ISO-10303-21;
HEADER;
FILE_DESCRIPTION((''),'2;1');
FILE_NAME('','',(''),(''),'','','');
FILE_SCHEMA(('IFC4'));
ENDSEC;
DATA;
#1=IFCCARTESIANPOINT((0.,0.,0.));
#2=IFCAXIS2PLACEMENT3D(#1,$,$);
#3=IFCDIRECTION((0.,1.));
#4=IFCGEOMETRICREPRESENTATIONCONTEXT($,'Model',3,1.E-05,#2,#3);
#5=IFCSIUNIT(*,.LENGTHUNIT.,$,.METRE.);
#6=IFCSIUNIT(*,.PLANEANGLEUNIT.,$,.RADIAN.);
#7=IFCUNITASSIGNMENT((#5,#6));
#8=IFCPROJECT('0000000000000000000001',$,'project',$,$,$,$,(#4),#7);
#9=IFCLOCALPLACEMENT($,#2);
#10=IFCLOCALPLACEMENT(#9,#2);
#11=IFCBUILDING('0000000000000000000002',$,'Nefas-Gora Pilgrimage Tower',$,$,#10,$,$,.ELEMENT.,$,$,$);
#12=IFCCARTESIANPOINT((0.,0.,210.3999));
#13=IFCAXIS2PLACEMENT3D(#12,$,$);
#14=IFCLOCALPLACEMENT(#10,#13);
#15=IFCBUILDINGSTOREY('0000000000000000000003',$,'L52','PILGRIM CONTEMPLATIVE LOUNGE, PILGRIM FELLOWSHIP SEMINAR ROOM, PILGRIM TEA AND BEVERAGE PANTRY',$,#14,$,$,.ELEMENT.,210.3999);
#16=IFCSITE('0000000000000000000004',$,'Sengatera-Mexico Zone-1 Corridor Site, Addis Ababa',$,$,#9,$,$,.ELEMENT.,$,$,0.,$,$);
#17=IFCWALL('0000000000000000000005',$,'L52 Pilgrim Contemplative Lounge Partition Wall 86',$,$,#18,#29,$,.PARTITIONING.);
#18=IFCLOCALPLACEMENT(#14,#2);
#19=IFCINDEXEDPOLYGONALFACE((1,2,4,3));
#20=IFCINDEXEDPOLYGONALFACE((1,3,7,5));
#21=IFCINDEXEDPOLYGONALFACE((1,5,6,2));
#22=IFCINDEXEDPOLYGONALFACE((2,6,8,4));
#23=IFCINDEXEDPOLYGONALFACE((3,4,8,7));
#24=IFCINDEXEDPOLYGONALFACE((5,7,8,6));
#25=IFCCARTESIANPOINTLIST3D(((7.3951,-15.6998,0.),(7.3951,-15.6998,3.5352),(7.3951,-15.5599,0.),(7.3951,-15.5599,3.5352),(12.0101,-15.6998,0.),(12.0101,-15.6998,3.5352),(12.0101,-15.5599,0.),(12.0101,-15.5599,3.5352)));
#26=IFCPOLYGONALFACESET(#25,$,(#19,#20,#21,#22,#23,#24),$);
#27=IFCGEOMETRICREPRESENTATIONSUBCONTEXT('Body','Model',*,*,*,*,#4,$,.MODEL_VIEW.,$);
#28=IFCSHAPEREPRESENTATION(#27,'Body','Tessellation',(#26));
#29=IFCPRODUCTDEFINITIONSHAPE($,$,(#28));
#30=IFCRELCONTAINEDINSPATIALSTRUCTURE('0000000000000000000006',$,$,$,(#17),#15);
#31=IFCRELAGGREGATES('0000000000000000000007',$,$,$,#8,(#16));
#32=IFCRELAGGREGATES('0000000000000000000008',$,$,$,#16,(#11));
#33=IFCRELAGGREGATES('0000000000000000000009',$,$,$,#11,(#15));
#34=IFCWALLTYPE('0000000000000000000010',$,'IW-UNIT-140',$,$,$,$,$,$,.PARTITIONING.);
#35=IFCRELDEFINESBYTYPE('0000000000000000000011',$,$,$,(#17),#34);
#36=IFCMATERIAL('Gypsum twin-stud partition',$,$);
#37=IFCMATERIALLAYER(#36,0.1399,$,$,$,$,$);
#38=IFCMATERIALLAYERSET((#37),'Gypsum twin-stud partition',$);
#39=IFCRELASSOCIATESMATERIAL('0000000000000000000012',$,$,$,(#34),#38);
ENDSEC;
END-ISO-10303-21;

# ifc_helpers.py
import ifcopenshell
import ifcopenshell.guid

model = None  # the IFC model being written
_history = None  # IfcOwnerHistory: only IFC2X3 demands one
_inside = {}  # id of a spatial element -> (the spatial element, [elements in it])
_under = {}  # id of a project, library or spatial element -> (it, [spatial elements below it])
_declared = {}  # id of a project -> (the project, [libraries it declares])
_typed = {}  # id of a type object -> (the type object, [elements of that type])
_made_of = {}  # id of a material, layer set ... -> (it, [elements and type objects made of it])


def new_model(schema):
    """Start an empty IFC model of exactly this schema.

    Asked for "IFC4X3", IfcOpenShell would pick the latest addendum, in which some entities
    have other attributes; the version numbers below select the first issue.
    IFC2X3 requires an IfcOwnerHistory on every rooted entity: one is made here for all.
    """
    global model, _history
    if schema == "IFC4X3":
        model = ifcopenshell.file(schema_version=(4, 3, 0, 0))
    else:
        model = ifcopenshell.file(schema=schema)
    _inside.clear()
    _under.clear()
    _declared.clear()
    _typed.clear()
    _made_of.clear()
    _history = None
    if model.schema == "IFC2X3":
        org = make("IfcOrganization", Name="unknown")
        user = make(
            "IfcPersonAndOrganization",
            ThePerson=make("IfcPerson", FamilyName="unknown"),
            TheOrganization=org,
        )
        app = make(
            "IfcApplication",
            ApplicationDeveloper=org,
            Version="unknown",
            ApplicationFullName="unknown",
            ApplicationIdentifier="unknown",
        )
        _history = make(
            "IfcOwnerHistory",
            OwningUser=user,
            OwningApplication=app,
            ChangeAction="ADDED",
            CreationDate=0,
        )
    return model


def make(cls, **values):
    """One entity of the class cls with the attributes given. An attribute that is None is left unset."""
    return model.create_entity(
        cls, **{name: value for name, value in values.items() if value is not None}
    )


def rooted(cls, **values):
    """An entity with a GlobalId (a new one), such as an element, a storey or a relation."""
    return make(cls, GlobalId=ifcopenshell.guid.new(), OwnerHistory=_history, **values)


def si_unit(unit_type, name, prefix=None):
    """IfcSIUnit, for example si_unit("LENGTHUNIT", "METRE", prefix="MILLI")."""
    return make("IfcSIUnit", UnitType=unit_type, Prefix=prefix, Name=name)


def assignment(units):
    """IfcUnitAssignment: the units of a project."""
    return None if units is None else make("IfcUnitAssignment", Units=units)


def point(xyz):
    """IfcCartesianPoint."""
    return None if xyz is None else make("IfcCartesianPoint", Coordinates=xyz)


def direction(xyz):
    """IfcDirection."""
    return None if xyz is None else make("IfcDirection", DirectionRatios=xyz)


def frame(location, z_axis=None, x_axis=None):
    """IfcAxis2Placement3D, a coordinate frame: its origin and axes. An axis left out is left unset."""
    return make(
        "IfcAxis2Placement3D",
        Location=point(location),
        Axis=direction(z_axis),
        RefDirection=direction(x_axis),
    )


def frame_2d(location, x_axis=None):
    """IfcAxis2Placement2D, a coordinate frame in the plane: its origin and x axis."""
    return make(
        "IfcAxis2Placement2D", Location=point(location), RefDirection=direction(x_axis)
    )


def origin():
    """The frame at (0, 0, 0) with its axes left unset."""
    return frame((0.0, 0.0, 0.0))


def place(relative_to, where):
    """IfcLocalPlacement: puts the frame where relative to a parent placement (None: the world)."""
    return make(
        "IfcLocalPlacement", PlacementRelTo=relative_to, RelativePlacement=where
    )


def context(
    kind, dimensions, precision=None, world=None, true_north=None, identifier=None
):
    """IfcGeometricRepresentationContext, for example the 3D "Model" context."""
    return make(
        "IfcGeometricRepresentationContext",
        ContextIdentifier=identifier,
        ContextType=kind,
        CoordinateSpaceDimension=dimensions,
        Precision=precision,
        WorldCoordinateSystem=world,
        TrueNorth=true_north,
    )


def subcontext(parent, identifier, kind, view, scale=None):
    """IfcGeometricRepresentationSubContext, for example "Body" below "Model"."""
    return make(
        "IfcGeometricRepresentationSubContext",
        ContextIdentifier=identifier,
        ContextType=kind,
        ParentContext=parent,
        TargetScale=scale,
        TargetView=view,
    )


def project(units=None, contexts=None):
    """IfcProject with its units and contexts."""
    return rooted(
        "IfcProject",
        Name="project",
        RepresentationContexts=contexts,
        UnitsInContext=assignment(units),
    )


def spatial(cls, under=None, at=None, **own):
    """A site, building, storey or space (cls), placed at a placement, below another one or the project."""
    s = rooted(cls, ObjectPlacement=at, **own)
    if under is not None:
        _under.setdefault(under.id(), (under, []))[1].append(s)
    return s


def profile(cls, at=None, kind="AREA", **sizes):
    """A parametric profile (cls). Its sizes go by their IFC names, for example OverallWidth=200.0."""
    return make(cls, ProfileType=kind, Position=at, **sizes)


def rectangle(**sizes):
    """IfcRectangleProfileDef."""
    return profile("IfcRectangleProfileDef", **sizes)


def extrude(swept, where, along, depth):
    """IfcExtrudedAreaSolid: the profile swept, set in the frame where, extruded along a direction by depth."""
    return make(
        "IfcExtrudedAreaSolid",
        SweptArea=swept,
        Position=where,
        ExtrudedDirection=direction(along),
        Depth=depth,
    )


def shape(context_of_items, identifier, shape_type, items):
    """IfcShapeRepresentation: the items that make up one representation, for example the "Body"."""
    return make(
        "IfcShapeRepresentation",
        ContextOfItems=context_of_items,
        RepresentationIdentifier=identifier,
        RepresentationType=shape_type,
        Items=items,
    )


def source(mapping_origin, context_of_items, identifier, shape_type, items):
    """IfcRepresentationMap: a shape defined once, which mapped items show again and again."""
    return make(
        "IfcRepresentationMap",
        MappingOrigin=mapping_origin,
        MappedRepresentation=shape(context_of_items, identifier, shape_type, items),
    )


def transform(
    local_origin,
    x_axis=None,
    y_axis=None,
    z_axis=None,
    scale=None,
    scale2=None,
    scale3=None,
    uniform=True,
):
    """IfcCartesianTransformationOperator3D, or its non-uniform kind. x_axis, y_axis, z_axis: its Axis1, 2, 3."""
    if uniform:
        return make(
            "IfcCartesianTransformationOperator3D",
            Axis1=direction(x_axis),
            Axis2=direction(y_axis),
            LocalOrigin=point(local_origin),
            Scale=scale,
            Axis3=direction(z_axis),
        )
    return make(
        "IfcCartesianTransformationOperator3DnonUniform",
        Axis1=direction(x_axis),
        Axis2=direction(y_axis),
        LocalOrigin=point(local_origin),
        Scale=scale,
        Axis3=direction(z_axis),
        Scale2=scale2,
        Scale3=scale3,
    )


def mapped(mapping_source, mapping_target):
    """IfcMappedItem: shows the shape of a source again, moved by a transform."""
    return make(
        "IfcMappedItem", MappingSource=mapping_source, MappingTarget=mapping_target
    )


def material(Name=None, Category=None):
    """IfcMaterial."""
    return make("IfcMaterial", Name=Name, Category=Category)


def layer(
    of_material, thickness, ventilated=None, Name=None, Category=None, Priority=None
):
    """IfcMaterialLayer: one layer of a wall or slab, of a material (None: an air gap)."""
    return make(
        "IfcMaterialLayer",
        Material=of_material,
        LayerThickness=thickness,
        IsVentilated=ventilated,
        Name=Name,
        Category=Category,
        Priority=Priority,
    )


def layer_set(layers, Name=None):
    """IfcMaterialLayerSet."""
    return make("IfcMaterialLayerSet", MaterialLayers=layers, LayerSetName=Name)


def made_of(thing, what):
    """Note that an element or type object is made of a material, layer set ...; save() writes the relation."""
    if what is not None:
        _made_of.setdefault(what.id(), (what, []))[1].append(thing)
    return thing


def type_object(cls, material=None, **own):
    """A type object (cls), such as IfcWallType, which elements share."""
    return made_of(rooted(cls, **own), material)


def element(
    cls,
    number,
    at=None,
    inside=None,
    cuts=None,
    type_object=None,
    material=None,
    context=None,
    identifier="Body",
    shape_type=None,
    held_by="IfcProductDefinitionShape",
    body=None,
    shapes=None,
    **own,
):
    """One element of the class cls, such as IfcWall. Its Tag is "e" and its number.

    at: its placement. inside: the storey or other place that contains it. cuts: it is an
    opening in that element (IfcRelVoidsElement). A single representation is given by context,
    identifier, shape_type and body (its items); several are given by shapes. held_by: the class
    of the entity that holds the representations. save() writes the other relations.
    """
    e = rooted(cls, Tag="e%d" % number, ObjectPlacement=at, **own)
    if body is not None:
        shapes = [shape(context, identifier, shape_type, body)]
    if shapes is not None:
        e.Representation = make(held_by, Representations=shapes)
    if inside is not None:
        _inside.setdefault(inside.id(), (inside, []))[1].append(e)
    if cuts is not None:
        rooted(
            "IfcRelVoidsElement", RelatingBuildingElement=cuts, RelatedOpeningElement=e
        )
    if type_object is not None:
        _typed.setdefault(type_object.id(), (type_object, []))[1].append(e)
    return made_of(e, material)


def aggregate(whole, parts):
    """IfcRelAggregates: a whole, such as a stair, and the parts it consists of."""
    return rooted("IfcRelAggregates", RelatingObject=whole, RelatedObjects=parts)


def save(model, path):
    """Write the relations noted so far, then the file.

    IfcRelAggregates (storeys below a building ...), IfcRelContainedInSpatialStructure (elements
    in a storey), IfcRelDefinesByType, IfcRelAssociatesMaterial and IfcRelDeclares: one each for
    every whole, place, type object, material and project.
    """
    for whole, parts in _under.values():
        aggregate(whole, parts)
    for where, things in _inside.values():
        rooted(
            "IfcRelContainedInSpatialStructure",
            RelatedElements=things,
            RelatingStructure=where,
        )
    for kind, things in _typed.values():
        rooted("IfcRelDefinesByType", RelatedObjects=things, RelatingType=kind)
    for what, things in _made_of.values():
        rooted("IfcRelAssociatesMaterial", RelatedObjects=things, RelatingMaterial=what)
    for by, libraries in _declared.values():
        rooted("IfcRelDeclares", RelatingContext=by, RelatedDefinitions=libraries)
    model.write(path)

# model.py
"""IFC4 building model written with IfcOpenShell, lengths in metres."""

from ifc_helpers import new_model, si_unit, direction, frame, frame_2d, origin, place, context, subcontext, project, spatial, rectangle, extrude, source, transform, mapped, material, layer, layer_set, type_object, element, save


model = new_model("IFC4")

# Units and contexts
model_context = context("Model", 3, precision=1e-05, world=origin(), true_north=direction((0.0, 1.0)))
body_context = subcontext(model_context, "Body", "Model", "MODEL_VIEW")
ifc_project = project(units=[si_unit("LENGTHUNIT", "METRE"), si_unit("PLANEANGLEUNIT", "RADIAN")], contexts=[model_context])

# Site, building, storey
site_placement = place(None, origin())
site = spatial("IfcSite", under=ifc_project, at=site_placement, Name="Sengatera-Mexico Zone-1 Corridor Site, Addis Ababa", CompositionType="ELEMENT", RefElevation=0.0)
building_placement = place(site_placement, origin())
building = spatial("IfcBuilding", under=site, at=building_placement, Name="Nefas-Gora Pilgrimage Tower", CompositionType="ELEMENT")
storey_placement = place(building_placement, frame((0.0, 0.0, 210.3999)))
storey = spatial("IfcBuildingStorey", under=building, at=storey_placement, Name="L52", Description="PILGRIM CONTEMPLATIVE LOUNGE, PILGRIM FELLOWSHIP SEMINAR ROOM, PILGRIM TEA AND BEVERAGE PANTRY", CompositionType="ELEMENT", Elevation=210.3999)

# Shared definitions
ifc_material_1 = material(Name="Gypsum twin-stud partition")
ifc_layer_1 = layer(ifc_material_1, 0.1399)
ifc_layer_set_1 = layer_set([ifc_layer_1], Name="Gypsum twin-stud partition")
wall_type_1 = type_object("IfcWallType", Name="IW-UNIT-140", PredefinedType="PARTITIONING", material=ifc_layer_set_1)

# Wall
shared_shape_1 = source(origin(), body_context, "Body", "SweptSolid", [
    extrude(rectangle(XDim=4.615, YDim=0.1399, at=frame_2d((2.3076, 0.0))), origin(), (0.0, 0.0, 1.0), 3.5352),
])
wall_1_placement = place(storey_placement, frame((7.395, -15.6299, 0.0), z_axis=(0.0, 0.0, 1.0), x_axis=(1.0, 0.0, 0.0)))
element("IfcWall", 1, at=wall_1_placement, inside=storey, type_object=wall_type_1, Name="L52 Pilgrim Contemplative Lounge Partition Wall 86", PredefinedType="PARTITIONING", context=body_context, shape_type="MappedRepresentation", body=[
    mapped(shared_shape_1, transform((0.0, 0.0, 0.0), x_axis=(1.0, 0.0, 0.0), y_axis=(0.0, 1.0, 0.0), z_axis=(0.0, 0.0, 1.0), scale=1.0)),
])

save(model, "model.ifc")
